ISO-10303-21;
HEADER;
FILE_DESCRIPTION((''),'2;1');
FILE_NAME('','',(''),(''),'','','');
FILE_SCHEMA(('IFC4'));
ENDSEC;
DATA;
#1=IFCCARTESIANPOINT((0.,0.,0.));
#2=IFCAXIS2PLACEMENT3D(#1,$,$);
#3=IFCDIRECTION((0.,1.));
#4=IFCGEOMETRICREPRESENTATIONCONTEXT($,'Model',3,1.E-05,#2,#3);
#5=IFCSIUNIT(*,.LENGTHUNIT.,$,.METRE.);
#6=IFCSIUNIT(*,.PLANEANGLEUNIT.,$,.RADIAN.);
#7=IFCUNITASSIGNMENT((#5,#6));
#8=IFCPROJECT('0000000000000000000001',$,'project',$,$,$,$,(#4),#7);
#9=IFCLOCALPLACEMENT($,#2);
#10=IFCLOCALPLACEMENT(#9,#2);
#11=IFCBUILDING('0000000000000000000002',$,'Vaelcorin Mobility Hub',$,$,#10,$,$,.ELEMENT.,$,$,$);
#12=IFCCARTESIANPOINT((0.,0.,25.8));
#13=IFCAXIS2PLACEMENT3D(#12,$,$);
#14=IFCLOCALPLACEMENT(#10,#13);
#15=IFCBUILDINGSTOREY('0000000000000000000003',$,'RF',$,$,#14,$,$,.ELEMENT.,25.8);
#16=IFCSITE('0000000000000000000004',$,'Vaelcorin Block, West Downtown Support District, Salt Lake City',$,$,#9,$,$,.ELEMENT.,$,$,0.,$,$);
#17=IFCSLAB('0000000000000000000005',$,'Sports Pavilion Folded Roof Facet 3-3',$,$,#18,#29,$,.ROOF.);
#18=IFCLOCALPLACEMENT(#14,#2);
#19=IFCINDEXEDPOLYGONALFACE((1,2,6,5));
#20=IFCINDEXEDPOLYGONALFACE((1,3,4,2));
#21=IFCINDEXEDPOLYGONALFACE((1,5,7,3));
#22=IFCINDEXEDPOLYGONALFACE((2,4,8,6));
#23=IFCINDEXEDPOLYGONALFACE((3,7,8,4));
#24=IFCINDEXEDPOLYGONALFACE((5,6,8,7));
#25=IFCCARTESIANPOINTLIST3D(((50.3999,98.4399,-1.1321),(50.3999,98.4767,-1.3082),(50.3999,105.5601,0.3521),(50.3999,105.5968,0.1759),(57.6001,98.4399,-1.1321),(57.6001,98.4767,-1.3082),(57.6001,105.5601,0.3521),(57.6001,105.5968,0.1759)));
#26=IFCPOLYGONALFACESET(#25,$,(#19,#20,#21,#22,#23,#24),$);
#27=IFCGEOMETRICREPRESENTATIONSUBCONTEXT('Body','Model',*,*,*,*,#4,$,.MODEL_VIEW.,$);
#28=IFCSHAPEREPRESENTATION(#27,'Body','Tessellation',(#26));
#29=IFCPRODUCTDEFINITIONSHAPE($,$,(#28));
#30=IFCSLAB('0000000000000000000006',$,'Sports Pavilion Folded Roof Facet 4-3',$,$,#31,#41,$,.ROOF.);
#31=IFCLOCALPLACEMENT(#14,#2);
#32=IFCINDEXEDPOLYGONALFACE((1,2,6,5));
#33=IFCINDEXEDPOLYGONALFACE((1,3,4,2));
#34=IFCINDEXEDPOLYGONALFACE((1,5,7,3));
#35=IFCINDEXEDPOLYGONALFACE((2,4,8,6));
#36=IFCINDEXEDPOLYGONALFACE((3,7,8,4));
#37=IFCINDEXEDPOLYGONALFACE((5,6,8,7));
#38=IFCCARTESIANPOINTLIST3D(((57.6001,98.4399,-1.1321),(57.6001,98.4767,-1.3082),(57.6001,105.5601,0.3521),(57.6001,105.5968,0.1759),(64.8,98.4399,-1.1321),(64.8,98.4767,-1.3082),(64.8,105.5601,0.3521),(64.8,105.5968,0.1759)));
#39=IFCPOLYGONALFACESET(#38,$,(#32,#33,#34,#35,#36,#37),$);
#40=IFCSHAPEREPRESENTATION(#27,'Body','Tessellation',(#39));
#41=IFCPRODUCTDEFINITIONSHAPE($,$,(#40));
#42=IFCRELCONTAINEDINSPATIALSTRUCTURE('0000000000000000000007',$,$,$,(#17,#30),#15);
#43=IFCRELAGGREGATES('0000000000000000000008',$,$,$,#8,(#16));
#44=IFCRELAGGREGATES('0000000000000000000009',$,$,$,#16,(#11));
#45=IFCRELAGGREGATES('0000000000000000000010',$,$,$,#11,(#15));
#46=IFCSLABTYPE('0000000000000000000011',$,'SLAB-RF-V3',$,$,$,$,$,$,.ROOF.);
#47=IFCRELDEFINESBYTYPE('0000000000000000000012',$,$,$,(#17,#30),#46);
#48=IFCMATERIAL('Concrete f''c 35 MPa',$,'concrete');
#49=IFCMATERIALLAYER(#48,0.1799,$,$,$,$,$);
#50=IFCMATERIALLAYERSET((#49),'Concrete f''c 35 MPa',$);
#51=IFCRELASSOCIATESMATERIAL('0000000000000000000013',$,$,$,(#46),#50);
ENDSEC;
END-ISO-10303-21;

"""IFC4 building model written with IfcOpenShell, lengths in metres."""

from ifc_helpers import new_model, si_unit, direction, frame, origin, place, context, subcontext, project, spatial, polyline, outline, extrude, material, layer, layer_set, type_object, element, save


model = new_model("IFC4")

# Units and contexts
model_context = context("Model", 3, precision=1e-05, world=origin(), true_north=direction((0.0, 1.0)))
body_context = subcontext(model_context, "Body", "Model", "MODEL_VIEW")
ifc_project = project(units=[si_unit("LENGTHUNIT", "METRE"), si_unit("PLANEANGLEUNIT", "RADIAN")], contexts=[model_context])

# Site, building, storey
site_placement = place(None, origin())
site = spatial("IfcSite", under=ifc_project, at=site_placement, Name="Vaelcorin Block, West Downtown Support District, Salt Lake City", CompositionType="ELEMENT", RefElevation=0.0)
building_placement = place(site_placement, origin())
building = spatial("IfcBuilding", under=site, at=building_placement, Name="Vaelcorin Mobility Hub", CompositionType="ELEMENT")
storey_placement = place(building_placement, frame((0.0, 0.0, 25.8)))
storey = spatial("IfcBuildingStorey", under=building, at=storey_placement, Name="RF", CompositionType="ELEMENT", Elevation=25.8)

# Slabs
ifc_material_1 = material(Name="Concrete f'c 35 MPa", Category="concrete")
ifc_layer_1 = layer(ifc_material_1, 0.1799)
ifc_layer_set_1 = layer_set([ifc_layer_1], Name="Concrete f'c 35 MPa")
slab_type = type_object("IfcSlabType", Name="SLAB-RF-V3", PredefinedType="ROOF", material=ifc_layer_set_1)
slab_1_placement = place(storey_placement, frame((50.3999, 98.4399, -1.1321), z_axis=(0.0, -0.204056, 0.978959), x_axis=(1.0, 0.0, 0.0)))
element("IfcSlab", 1, at=slab_1_placement, inside=storey, type_object=slab_type, Name="Sports Pavilion Folded Roof Facet 3-3", PredefinedType="ROOF", context=body_context, shape_type="SweptSolid", body=[
    extrude(outline(polyline([(0.0, 0.0), (7.2002, 0.0), (7.2002, 7.2732), (0.0, 7.2732), (0.0, 0.0)])), origin(), (0.0, 0.0, -1.0), 0.1799),
])
slab_2_placement = place(storey_placement, frame((57.6001, 98.4399, -1.1321), z_axis=(0.0, -0.204056, 0.978959), x_axis=(1.0, 0.0, 0.0)))
element("IfcSlab", 2, at=slab_2_placement, inside=storey, type_object=slab_type, Name="Sports Pavilion Folded Roof Facet 4-3", PredefinedType="ROOF", context=body_context, shape_type="SweptSolid", body=[
    extrude(outline(polyline([(0.0, 0.0), (7.2, 0.0), (7.2, 7.2732), (0.0, 7.2732), (0.0, 0.0)])), origin(), (0.0, 0.0, -1.0), 0.1799),
])

save(model, "model.ifc")
